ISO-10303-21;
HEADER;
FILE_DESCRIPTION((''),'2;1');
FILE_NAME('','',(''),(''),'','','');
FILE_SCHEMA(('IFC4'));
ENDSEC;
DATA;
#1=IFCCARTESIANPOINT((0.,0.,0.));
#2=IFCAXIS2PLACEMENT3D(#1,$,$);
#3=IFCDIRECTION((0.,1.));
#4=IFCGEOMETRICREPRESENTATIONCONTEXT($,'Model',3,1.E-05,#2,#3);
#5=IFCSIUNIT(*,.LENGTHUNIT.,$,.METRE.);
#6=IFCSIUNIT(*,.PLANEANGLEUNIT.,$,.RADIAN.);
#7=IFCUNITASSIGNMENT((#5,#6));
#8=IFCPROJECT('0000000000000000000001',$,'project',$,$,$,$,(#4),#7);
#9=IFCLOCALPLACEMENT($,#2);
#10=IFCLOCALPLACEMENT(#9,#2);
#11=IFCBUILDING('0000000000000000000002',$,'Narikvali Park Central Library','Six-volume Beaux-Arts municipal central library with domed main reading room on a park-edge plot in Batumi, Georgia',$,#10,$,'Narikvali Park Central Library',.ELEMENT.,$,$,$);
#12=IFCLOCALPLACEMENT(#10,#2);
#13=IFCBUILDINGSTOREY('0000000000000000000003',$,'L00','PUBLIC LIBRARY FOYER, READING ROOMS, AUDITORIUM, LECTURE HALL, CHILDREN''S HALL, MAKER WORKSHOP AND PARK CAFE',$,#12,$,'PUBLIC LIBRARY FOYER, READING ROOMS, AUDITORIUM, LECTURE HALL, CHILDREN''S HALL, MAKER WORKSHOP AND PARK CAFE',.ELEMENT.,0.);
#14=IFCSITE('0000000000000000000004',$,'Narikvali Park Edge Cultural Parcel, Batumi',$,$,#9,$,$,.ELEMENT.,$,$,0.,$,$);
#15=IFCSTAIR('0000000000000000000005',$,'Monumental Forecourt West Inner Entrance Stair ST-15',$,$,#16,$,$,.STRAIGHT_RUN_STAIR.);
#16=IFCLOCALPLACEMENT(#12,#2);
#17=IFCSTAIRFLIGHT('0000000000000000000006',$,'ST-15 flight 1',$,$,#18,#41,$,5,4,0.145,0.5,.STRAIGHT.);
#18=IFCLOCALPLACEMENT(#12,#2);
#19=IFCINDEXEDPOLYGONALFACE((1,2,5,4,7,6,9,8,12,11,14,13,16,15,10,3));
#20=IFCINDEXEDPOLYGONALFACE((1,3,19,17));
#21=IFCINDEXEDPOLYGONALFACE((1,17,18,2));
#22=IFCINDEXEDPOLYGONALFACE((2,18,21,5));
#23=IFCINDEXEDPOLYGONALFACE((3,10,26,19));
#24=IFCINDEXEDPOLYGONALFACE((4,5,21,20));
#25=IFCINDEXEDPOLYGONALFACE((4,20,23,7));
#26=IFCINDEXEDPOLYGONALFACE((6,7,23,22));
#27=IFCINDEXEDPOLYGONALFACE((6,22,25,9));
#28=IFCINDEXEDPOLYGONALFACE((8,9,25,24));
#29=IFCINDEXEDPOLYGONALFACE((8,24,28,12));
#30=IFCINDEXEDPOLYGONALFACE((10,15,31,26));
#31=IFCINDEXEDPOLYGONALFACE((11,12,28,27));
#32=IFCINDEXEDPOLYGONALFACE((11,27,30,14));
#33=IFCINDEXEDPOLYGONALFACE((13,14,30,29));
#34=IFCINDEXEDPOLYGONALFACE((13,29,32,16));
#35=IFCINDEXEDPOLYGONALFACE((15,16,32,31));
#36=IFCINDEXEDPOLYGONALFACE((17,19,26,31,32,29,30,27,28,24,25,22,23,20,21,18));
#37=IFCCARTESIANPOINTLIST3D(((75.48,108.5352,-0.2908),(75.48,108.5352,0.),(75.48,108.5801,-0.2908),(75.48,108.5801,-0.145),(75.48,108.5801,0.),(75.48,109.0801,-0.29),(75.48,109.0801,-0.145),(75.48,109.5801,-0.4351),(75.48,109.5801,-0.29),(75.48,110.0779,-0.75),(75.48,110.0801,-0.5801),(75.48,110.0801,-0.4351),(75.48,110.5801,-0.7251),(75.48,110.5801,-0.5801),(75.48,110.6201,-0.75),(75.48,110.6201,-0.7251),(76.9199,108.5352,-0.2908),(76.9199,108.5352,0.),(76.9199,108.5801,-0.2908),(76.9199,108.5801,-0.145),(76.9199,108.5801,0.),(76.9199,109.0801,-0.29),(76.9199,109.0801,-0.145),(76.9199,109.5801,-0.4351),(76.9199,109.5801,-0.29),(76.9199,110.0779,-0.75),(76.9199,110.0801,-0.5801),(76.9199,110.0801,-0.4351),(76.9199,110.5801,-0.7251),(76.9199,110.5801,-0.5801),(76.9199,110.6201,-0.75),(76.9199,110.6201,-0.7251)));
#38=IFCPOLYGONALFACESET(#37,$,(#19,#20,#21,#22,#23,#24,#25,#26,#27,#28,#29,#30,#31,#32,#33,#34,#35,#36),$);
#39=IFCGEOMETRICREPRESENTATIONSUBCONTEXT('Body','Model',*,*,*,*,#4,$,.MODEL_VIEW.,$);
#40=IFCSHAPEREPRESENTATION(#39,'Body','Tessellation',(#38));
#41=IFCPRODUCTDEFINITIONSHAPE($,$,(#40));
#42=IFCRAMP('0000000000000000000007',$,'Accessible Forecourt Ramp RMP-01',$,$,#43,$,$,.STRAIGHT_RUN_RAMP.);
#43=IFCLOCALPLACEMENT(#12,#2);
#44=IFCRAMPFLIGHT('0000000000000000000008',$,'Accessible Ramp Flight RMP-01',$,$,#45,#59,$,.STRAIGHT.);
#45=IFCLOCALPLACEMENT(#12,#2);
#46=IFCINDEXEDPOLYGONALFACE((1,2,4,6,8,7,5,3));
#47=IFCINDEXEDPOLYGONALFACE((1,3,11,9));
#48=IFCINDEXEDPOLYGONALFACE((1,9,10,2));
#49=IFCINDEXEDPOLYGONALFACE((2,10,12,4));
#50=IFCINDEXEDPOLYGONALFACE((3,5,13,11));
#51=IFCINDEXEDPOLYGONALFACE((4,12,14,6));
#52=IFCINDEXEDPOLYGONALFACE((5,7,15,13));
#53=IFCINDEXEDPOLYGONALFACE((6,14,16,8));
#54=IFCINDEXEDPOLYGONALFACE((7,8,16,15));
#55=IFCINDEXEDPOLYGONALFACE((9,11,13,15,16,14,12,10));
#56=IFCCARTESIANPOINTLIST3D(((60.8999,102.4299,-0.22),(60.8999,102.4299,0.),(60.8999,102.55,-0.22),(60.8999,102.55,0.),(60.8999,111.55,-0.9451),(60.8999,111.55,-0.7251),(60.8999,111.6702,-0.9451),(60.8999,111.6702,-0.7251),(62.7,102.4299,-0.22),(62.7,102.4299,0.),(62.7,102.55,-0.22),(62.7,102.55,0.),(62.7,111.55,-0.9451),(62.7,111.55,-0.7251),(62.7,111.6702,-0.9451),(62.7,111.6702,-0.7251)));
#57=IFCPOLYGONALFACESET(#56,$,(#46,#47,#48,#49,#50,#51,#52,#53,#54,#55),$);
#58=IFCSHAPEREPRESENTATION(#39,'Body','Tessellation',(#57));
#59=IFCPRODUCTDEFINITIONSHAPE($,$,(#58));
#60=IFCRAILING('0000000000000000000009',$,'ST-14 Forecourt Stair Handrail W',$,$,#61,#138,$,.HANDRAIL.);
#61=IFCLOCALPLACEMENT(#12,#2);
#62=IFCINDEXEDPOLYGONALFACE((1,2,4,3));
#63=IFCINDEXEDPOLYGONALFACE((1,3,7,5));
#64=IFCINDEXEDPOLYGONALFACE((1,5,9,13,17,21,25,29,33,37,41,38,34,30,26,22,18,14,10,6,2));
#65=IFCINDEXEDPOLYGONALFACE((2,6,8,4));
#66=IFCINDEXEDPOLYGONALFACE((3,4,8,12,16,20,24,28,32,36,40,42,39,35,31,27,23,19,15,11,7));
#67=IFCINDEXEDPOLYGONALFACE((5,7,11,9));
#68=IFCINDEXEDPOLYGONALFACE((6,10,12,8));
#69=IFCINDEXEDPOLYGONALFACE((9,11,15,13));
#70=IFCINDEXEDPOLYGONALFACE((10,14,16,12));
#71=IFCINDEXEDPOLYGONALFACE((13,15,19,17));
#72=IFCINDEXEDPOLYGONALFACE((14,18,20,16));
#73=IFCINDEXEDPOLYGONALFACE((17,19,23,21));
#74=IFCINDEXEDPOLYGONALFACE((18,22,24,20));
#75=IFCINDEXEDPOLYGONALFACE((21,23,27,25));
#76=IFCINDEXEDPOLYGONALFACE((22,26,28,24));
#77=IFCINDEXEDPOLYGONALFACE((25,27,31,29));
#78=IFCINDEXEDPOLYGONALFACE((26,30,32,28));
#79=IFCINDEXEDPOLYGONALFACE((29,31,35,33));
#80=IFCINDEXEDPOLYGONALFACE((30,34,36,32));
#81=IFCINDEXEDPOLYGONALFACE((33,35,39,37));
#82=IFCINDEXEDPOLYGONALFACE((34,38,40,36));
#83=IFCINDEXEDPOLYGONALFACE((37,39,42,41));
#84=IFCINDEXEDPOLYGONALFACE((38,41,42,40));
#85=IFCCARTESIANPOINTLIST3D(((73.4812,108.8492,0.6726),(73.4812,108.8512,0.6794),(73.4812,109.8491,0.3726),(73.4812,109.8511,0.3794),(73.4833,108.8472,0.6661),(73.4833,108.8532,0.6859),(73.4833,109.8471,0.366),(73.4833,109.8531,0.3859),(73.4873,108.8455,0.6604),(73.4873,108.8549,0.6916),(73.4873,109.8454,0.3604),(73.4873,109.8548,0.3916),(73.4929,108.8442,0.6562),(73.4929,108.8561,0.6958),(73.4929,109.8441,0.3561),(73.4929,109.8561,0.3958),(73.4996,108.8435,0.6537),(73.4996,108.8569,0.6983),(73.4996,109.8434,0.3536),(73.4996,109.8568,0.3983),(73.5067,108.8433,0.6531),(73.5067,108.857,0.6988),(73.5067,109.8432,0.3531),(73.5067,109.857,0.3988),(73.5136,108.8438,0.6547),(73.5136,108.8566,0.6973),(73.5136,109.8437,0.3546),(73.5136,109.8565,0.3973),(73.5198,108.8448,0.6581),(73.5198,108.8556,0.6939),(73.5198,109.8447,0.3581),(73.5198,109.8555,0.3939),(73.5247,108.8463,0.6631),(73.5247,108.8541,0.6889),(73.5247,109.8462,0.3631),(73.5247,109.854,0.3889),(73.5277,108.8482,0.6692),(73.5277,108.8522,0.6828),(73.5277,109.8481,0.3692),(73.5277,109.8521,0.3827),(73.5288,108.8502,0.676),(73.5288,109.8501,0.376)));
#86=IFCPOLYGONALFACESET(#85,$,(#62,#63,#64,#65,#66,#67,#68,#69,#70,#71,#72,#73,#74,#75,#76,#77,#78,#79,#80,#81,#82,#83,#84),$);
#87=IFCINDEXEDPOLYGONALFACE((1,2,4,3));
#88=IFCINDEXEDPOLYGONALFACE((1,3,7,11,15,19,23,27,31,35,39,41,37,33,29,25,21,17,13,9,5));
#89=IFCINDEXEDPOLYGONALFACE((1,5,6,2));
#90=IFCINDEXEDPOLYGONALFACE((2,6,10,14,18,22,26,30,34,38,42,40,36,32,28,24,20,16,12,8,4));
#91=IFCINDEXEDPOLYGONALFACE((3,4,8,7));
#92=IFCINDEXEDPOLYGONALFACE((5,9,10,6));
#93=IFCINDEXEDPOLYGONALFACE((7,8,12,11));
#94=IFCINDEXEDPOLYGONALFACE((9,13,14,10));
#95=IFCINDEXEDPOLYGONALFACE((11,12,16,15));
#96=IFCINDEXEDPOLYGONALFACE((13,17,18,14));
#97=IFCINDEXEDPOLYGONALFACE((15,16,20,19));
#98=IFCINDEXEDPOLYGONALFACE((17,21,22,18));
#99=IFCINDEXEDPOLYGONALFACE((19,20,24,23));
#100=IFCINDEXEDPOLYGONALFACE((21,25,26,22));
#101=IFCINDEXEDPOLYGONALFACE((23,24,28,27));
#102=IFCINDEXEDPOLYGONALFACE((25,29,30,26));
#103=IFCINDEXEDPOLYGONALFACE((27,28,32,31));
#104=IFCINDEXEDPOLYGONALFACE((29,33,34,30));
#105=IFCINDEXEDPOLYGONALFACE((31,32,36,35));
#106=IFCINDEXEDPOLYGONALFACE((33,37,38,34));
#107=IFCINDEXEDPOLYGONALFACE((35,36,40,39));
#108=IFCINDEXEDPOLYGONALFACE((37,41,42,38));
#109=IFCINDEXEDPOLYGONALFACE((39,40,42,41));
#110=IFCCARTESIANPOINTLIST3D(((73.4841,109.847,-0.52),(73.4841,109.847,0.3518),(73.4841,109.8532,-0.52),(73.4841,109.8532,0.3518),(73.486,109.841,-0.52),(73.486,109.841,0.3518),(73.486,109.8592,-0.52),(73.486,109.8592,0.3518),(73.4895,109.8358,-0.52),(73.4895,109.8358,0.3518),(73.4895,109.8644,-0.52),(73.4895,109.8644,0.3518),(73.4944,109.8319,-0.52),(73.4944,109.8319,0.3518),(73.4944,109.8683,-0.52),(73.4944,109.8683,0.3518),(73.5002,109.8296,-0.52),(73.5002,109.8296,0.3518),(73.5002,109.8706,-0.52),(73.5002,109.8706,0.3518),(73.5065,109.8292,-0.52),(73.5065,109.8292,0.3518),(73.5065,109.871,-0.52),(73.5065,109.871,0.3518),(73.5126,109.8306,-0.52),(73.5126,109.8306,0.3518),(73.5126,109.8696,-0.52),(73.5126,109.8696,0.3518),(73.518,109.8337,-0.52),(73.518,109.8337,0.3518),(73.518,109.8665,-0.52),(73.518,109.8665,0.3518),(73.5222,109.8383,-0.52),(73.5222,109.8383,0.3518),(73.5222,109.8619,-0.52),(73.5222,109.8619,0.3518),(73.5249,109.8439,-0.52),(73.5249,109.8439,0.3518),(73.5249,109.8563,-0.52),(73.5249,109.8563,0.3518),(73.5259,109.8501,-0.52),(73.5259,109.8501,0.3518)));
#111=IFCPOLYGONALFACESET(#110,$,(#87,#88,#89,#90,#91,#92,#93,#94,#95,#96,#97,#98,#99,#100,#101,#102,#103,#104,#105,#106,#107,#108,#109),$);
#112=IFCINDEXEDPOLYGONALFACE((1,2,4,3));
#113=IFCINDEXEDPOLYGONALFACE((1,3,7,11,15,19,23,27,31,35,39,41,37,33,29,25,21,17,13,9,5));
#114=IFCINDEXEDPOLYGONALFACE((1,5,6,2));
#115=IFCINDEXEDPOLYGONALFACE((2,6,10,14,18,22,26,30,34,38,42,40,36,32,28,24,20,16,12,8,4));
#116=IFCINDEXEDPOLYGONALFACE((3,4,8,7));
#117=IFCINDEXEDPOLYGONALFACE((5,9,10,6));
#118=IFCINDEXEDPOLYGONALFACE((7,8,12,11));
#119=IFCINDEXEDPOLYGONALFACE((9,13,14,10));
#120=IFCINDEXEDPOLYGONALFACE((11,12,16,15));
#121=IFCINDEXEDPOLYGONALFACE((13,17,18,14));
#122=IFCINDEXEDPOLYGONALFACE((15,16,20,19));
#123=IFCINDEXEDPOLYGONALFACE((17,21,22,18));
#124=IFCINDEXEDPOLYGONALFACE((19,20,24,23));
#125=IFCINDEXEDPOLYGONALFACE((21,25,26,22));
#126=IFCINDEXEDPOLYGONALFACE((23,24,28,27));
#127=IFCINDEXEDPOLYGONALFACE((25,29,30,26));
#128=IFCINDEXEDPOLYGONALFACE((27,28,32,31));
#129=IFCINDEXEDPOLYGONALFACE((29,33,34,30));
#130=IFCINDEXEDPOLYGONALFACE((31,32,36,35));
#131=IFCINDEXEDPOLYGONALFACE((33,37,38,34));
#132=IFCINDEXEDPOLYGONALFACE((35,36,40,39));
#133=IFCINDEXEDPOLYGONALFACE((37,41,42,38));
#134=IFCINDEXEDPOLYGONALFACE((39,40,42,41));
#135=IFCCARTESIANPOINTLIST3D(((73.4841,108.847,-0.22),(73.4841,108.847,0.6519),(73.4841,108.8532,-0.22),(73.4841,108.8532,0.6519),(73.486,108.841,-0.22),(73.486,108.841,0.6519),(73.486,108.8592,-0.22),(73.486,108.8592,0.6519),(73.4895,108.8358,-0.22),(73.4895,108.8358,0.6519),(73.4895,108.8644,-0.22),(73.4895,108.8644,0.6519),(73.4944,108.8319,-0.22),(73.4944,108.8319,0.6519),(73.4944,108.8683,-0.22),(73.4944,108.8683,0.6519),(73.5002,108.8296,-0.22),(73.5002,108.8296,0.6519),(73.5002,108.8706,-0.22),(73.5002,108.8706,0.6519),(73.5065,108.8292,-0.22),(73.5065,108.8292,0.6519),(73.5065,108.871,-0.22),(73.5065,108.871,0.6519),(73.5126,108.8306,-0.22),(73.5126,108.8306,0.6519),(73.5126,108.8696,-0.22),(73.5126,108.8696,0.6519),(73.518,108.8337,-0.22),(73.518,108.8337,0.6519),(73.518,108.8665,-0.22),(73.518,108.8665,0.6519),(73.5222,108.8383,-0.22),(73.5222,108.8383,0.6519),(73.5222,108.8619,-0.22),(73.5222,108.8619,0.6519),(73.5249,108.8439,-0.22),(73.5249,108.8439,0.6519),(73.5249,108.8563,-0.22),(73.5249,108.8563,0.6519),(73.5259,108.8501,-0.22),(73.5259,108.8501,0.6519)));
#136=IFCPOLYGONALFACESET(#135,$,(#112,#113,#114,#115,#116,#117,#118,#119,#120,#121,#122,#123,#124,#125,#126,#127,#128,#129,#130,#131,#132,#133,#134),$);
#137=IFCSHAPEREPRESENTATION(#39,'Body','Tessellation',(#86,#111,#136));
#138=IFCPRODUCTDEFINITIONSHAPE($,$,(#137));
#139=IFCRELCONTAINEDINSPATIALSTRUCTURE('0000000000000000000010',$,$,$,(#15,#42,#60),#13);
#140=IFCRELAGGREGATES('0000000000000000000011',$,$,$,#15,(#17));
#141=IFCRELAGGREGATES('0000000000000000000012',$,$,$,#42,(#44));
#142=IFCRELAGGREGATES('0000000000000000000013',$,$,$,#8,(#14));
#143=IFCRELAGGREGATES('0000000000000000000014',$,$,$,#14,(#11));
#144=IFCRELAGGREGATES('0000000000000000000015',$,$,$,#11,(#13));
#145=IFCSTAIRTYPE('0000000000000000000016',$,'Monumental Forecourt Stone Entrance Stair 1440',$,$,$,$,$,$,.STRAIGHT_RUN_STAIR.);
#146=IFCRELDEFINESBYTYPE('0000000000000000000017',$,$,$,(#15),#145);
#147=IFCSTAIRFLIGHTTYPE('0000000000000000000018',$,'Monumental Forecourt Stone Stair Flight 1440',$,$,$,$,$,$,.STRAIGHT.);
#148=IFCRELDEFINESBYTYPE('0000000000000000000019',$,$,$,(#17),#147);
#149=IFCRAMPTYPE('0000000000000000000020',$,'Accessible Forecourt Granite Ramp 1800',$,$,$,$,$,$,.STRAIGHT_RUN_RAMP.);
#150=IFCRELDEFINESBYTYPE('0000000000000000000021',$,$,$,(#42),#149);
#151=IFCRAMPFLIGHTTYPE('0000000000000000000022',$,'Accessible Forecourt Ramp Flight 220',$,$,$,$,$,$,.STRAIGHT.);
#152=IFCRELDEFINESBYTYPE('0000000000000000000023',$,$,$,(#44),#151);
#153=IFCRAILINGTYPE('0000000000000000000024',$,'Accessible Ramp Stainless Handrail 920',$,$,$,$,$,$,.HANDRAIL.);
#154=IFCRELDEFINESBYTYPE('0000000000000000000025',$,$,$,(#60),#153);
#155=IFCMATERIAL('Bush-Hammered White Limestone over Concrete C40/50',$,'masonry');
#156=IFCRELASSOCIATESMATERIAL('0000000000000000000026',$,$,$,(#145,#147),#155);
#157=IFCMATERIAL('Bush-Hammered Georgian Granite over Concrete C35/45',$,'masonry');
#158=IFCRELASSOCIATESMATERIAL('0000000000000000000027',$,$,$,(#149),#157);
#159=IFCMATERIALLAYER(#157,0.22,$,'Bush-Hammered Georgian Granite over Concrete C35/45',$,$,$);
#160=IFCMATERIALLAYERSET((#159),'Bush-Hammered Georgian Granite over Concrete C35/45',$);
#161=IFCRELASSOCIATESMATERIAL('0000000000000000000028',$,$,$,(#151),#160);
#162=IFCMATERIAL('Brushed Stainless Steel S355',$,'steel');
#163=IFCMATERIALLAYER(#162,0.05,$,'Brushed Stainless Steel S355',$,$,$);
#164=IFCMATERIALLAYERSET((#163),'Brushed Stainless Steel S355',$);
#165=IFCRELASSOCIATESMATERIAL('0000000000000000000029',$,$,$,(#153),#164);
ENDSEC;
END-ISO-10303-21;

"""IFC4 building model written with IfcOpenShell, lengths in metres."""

from ifc_helpers import new_model, si_unit, direction, frame, origin, origin_2d, place, context, subcontext, project, spatial, polyline, circle, outline, extrude, material, layer, layer_set, type_object, element, aggregate, save


model = new_model("IFC4")

# Units and contexts
model_context = context("Model", 3, precision=1e-05, world=origin(), true_north=direction((0.0, 1.0)))
body_context = subcontext(model_context, "Body", "Model", "MODEL_VIEW")
ifc_project = project(units=[si_unit("LENGTHUNIT", "METRE"), si_unit("PLANEANGLEUNIT", "RADIAN")], contexts=[model_context])

# Site, building, storey
site_placement = place(None, origin())
site = spatial("IfcSite", under=ifc_project, at=site_placement, Name="Narikvali Park Edge Cultural Parcel, Batumi", CompositionType="ELEMENT", RefElevation=0.0)
building_placement = place(site_placement, origin())
building = spatial("IfcBuilding", under=site, at=building_placement, Name="Narikvali Park Central Library", Description="Six-volume Beaux-Arts municipal central library with domed main reading room on a park-edge plot in Batumi, Georgia", LongName="Narikvali Park Central Library", CompositionType="ELEMENT")
storey_placement = place(building_placement, origin())
storey = spatial("IfcBuildingStorey", under=building, at=storey_placement, Name="L00", Description="PUBLIC LIBRARY FOYER, READING ROOMS, AUDITORIUM, LECTURE HALL, CHILDREN'S HALL, MAKER WORKSHOP AND PARK CAFE", LongName="PUBLIC LIBRARY FOYER, READING ROOMS, AUDITORIUM, LECTURE HALL, CHILDREN'S HALL, MAKER WORKSHOP AND PARK CAFE", CompositionType="ELEMENT", Elevation=0.0)

# Stair, stair flight
ifc_material_1 = material(Name="Bush-Hammered White Limestone over Concrete C40/50", Category="masonry")
stair_type = type_object("IfcStairType", Name="Monumental Forecourt Stone Entrance Stair 1440", PredefinedType="STRAIGHT_RUN_STAIR", material=ifc_material_1)
stair_flight_type = type_object("IfcStairFlightType", Name="Monumental Forecourt Stone Stair Flight 1440", PredefinedType="STRAIGHT", material=ifc_material_1)
stair_1_placement = place(storey_placement, origin())
stair_1 = element("IfcStair", 1, at=stair_1_placement, inside=storey, type_object=stair_type, Name="Monumental Forecourt West Inner Entrance Stair ST-15", PredefinedType="STRAIGHT_RUN_STAIR")
stair_flight_1_placement = place(storey_placement, frame((76.2, 110.5801, -0.7251), z_axis=(0.0, 0.0, 1.0), x_axis=(0.0, -1.0, 0.0)))
stair_flight_1 = element("IfcStairFlight", 2, at=stair_flight_1_placement, type_object=stair_flight_type, Name="ST-15 flight 1", NumberOfRisers=5, NumberOfTreads=4, PredefinedType="STRAIGHT", RiserHeight=0.145, TreadLength=0.5, context=body_context, shape_type="SweptSolid", body=[
    extrude(outline(polyline([(-0.04, -0.0249), (-0.04, 0.0), (0.0, 0.0), (0.0, 0.145), (0.5, 0.145), (0.5, 0.29), (1.0, 0.29), (1.0, 0.4351), (1.5, 0.4351), (1.5, 0.5801), (2.0, 0.5801), (2.0, 0.7251), (2.0449, 0.7251), (2.0449, 0.4343), (2.0, 0.4343), (0.5022, -0.0249), (-0.04, -0.0249)])), frame((0.0, 0.72, 0.0), z_axis=(0.0, -1.0, 0.0), x_axis=(1.0, 0.0, 0.0)), (0.0, 0.0, 1.0), 1.4399),
])
aggregate(stair_1, [stair_flight_1])

# Ramp, ramp flight
ifc_material_2 = material(Name="Bush-Hammered Georgian Granite over Concrete C35/45", Category="masonry")
ramp_type = type_object("IfcRampType", Name="Accessible Forecourt Granite Ramp 1800", PredefinedType="STRAIGHT_RUN_RAMP", material=ifc_material_2)
ramp_placement = place(storey_placement, origin())
ramp = element("IfcRamp", 3, at=ramp_placement, inside=storey, type_object=ramp_type, Name="Accessible Forecourt Ramp RMP-01", PredefinedType="STRAIGHT_RUN_RAMP")
ifc_layer_1 = layer(ifc_material_2, 0.22, Name="Bush-Hammered Georgian Granite over Concrete C35/45")
ifc_layer_set_1 = layer_set([ifc_layer_1], Name="Bush-Hammered Georgian Granite over Concrete C35/45")
ramp_flight_type = type_object("IfcRampFlightType", Name="Accessible Forecourt Ramp Flight 220", PredefinedType="STRAIGHT", material=ifc_layer_set_1)
ramp_flight_placement = place(storey_placement, frame((61.8, 111.55, -0.7251), z_axis=(0.0, 0.0, 1.0), x_axis=(0.0, -1.0, 0.0)))
ramp_flight = element("IfcRampFlight", 4, at=ramp_flight_placement, type_object=ramp_flight_type, Name="Accessible Ramp Flight RMP-01", PredefinedType="STRAIGHT", context=body_context, shape_type="SweptSolid", body=[
    extrude(outline(polyline([(-0.1201, -0.22), (-0.1201, 0.0), (0.0, 0.0), (9.0, 0.7251), (9.1201, 0.7251), (9.1201, 0.5051), (9.0, 0.5051), (0.0, -0.22), (-0.1201, -0.22)])), frame((0.0, 0.8999, 0.0), z_axis=(0.0, -1.0, 0.0), x_axis=(1.0, 0.0, 0.0)), (0.0, 0.0, 1.0), 1.8),
])
aggregate(ramp, [ramp_flight])

# Railing
ifc_material_3 = material(Name="Brushed Stainless Steel S355", Category="steel")
ifc_layer_2 = layer(ifc_material_3, 0.05, Name="Brushed Stainless Steel S355")
ifc_layer_set_2 = layer_set([ifc_layer_2], Name="Brushed Stainless Steel S355")
railing_type = type_object("IfcRailingType", Name="Accessible Ramp Stainless Handrail 920", PredefinedType="HANDRAIL", material=ifc_layer_set_2)
for number, where, name in (
    (5, (73.5049, 109.8501, -0.52), "ST-14 Forecourt Stair Handrail W"),
):
    element("IfcRailing", number, at=place(storey_placement, frame(where)), inside=storey, type_object=railing_type, Name=name, PredefinedType="HANDRAIL", context=body_context, shape_type="SweptSolid", body=[
        extrude(circle(Radius=0.0239, at=origin_2d()), frame((0.0, 0.0, 0.896), z_axis=(0.0, -0.957813, 0.287391), x_axis=(1.0, 0.0, 0.0)), (0.0, 0.0, 1.0), 1.0439),
        extrude(circle(Radius=0.021, at=origin_2d()), origin(), (0.0, 0.0, 1.0), 0.8718),
        extrude(circle(Radius=0.021, at=origin_2d()), frame((0.0, -1.0, 0.3)), (0.0, 0.0, 1.0), 0.8718),
    ])

save(model, "model.ifc")
